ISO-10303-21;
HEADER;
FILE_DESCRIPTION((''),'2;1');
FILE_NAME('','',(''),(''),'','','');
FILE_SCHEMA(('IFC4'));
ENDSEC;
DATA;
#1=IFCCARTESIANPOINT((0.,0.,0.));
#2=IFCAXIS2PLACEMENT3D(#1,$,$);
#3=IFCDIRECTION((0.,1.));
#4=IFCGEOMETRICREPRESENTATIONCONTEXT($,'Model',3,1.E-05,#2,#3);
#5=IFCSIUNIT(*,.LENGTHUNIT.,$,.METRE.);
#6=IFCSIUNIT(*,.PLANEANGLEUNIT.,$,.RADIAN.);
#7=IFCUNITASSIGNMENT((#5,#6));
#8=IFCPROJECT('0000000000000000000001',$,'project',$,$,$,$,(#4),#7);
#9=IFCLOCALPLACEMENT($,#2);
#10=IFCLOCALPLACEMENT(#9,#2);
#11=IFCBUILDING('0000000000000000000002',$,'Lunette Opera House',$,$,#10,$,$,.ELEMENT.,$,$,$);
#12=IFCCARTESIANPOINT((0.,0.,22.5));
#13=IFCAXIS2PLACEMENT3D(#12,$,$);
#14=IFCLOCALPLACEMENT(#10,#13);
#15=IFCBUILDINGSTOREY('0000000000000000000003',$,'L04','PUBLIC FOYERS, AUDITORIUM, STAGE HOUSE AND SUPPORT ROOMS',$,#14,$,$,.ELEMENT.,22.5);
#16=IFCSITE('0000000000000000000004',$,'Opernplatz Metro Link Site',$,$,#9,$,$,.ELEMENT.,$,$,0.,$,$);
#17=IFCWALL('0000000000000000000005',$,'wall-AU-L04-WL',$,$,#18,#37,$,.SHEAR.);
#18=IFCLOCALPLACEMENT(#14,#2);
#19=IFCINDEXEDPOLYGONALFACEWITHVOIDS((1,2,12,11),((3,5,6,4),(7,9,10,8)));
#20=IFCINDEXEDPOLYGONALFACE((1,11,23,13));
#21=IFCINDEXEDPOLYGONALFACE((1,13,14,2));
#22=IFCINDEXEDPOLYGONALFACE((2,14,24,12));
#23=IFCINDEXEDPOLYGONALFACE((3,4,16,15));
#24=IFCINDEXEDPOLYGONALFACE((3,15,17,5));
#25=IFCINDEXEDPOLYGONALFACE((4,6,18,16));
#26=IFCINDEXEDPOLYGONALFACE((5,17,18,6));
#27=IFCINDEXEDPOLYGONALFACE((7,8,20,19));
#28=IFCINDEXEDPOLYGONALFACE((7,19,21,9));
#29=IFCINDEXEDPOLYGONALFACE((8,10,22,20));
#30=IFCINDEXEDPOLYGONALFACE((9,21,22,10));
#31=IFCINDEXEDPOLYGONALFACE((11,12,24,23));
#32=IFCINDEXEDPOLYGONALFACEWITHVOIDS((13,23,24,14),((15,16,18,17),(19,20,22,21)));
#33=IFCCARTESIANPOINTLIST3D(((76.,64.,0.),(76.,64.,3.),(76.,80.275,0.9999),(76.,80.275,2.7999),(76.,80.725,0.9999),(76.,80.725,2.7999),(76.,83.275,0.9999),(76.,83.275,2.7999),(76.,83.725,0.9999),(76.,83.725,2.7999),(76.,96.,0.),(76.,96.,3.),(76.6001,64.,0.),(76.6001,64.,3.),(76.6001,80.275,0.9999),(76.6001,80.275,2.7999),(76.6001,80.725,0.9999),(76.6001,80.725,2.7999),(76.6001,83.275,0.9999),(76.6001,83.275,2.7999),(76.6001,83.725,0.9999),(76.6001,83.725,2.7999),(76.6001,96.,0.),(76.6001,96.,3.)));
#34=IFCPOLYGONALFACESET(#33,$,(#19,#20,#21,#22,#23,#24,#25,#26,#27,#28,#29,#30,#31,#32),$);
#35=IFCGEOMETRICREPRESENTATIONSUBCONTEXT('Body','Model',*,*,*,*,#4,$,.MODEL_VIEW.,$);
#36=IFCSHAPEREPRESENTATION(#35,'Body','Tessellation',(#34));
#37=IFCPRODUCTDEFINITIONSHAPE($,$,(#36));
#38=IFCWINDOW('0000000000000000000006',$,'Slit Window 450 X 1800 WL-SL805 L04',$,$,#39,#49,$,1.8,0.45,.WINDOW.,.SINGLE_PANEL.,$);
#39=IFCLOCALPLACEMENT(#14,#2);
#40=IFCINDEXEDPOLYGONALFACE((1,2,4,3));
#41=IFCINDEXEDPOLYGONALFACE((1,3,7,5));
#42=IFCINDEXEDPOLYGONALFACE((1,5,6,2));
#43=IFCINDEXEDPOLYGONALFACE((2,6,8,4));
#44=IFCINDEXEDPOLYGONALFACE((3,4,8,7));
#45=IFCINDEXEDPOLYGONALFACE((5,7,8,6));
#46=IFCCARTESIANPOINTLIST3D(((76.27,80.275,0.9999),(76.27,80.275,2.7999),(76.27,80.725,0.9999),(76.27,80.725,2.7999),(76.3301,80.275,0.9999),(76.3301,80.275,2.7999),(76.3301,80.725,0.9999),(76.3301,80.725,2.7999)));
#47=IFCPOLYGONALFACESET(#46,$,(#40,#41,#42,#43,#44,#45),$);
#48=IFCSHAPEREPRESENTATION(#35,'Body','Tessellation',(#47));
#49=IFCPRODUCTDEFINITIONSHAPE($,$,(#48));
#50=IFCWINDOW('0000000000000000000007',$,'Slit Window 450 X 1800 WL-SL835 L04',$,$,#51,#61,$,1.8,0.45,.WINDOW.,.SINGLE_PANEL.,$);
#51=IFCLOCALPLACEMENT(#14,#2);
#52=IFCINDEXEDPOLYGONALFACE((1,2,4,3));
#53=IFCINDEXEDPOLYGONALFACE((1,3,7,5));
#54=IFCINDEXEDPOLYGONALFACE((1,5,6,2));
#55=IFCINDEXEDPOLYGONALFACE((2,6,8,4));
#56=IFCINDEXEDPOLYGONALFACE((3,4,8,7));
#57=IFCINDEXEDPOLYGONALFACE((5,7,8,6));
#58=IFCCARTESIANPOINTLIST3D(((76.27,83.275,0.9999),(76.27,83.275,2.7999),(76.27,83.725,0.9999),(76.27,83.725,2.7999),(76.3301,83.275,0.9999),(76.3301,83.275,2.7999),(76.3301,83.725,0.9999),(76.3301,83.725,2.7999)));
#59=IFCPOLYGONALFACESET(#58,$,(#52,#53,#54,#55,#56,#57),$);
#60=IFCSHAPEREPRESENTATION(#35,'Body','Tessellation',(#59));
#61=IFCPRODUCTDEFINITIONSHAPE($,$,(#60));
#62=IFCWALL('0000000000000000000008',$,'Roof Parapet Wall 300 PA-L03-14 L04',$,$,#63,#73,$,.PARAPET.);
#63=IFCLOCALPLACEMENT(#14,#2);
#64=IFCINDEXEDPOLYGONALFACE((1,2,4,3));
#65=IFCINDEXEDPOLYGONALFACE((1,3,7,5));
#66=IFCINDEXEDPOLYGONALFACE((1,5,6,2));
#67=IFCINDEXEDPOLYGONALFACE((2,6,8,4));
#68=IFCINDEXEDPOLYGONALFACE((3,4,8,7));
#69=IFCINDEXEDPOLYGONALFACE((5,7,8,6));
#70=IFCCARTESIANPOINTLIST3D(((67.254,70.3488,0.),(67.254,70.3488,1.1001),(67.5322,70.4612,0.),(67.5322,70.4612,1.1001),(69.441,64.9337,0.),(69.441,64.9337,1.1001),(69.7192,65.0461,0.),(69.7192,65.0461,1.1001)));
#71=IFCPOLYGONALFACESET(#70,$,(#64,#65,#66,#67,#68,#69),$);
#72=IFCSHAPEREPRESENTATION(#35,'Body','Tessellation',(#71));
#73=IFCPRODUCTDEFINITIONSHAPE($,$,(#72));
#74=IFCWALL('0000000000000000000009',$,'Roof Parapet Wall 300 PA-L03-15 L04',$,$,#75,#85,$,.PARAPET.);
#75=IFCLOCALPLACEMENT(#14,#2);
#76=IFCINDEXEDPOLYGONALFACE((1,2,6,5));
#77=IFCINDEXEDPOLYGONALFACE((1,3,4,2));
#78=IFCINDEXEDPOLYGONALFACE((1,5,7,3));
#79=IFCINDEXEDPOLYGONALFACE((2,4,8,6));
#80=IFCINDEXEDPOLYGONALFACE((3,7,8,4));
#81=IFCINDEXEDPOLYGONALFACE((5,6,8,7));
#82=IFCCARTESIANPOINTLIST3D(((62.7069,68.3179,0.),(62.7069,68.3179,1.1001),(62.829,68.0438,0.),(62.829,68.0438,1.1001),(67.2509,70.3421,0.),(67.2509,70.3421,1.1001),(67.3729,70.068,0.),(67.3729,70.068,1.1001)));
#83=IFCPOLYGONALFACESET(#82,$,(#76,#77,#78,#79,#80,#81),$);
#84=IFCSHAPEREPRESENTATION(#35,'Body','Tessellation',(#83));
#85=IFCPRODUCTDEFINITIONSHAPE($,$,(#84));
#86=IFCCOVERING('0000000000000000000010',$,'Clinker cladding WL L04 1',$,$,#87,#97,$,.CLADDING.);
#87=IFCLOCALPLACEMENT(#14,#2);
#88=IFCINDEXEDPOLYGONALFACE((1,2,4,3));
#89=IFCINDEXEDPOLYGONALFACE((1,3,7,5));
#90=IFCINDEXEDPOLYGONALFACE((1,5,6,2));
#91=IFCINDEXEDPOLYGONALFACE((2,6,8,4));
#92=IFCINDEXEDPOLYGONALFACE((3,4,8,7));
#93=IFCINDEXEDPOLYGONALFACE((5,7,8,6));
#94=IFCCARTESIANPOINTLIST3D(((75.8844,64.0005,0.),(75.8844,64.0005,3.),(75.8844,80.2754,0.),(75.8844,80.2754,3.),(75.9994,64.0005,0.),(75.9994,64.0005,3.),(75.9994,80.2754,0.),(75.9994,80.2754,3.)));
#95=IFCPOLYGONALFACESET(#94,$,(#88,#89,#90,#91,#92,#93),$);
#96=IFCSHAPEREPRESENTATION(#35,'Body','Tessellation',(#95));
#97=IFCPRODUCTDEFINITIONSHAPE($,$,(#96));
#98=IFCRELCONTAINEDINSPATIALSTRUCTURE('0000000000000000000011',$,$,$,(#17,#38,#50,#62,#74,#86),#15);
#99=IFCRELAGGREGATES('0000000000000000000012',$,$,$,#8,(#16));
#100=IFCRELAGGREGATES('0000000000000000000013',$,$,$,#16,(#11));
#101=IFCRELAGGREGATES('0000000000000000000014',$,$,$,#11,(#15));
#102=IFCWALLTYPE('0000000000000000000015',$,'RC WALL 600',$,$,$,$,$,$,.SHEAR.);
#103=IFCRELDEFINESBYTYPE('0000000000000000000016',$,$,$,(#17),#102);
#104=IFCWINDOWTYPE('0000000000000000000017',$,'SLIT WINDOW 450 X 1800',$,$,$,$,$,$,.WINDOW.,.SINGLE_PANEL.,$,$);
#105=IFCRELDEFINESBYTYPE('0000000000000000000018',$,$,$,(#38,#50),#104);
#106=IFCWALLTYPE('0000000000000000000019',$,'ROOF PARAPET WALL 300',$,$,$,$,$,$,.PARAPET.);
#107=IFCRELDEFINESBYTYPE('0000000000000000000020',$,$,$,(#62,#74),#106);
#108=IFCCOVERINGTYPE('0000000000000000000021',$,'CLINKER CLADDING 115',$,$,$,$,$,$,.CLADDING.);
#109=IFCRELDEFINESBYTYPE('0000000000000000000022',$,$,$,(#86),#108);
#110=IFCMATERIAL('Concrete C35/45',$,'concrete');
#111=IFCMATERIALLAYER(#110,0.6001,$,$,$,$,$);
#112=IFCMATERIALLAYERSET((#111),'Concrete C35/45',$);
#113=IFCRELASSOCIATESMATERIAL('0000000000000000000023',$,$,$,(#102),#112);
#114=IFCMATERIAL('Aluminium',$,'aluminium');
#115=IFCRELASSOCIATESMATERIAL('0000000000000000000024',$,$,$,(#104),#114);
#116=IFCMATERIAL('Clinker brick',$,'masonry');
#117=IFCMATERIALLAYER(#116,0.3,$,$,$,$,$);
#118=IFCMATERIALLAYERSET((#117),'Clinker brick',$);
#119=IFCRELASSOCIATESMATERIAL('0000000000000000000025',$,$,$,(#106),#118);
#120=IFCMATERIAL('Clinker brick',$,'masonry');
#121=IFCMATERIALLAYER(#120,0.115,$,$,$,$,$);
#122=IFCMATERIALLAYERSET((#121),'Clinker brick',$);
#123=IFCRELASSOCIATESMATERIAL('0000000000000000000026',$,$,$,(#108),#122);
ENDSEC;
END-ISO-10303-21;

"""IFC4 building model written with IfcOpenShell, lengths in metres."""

from ifc_helpers import new_model, si_unit, direction, frame, frame_2d, origin, origin_2d, place, context, subcontext, project, spatial, rectangle, extrude, material, layer, layer_set, type_object, element, fill, save


model = new_model("IFC4")

# Units and contexts
model_context = context("Model", 3, precision=1e-05, world=origin(), true_north=direction((0.0, 1.0)))
body_context = subcontext(model_context, "Body", "Model", "MODEL_VIEW")
ifc_project = project(units=[si_unit("LENGTHUNIT", "METRE"), si_unit("PLANEANGLEUNIT", "RADIAN")], contexts=[model_context])

# Site, building, storey
site_placement = place(None, origin())
site = spatial("IfcSite", under=ifc_project, at=site_placement, Name="Opernplatz Metro Link Site", CompositionType="ELEMENT", RefElevation=0.0)
building_placement = place(site_placement, origin())
building = spatial("IfcBuilding", under=site, at=building_placement, Name="Lunette Opera House", CompositionType="ELEMENT")
storey_placement = place(building_placement, frame((0.0, 0.0, 22.5)))
storey = spatial("IfcBuildingStorey", under=building, at=storey_placement, Name="L04", Description="PUBLIC FOYERS, AUDITORIUM, STAGE HOUSE AND SUPPORT ROOMS", CompositionType="ELEMENT", Elevation=22.5)

# Wall, openings, windows
ifc_material_1 = material(Name="Concrete C35/45", Category="concrete")
ifc_layer_1 = layer(ifc_material_1, 0.6001)
ifc_layer_set_1 = layer_set([ifc_layer_1], Name="Concrete C35/45")
wall_type_1 = type_object("IfcWallType", Name="RC WALL 600", PredefinedType="SHEAR", material=ifc_layer_set_1)
wall_1_placement = place(storey_placement, frame((76.3, 64.0, 0.0), z_axis=(0.0, 0.0, 1.0), x_axis=(0.0, 1.0, 0.0)))
wall_1 = element("IfcWall", 1, at=wall_1_placement, inside=storey, type_object=wall_type_1, Name="wall-AU-L04-WL", PredefinedType="SHEAR", context=body_context, shape_type="SweptSolid", body=[
    extrude(rectangle(XDim=32.0, YDim=0.6001, at=frame_2d((16.0, 0.0))), origin(), (0.0, 0.0, 1.0), 3.0),
])
opening_1_placement = place(wall_1_placement, frame((16.2749, 0.0, 1.0)))
opening_1 = element("IfcOpeningElement", 2, at=opening_1_placement, cuts=wall_1, PredefinedType="OPENING", context=body_context, shape_type="SweptSolid", body=[
    extrude(rectangle(XDim=0.45, YDim=1.8, at=frame_2d((0.2251, 0.8999))), frame((0.0, 0.312, 0.0), z_axis=(0.0, -1.0, 0.0), x_axis=(1.0, 0.0, 0.0)), (0.0, 0.0, 1.0), 0.624),
])
opening_2_placement = place(wall_1_placement, frame((19.2749, 0.0, 1.0)))
opening_2 = element("IfcOpeningElement", 3, at=opening_2_placement, cuts=wall_1, PredefinedType="OPENING", context=body_context, shape_type="SweptSolid", body=[
    extrude(rectangle(XDim=0.45, YDim=1.8, at=frame_2d((0.2251, 0.8999))), frame((0.0, 0.312, 0.0), z_axis=(0.0, -1.0, 0.0), x_axis=(1.0, 0.0, 0.0)), (0.0, 0.0, 1.0), 0.624),
])
ifc_material_2 = material(Name="Aluminium", Category="aluminium")
window_type_1 = type_object("IfcWindowType", Name="SLIT WINDOW 450 X 1800", PartitioningType="SINGLE_PANEL", PredefinedType="WINDOW", material=ifc_material_2)
window_1_placement = place(opening_1_placement, origin())
window_1 = element("IfcWindow", 4, at=window_1_placement, inside=storey, type_object=window_type_1, Name="Slit Window 450 X 1800 WL-SL805 L04", OverallHeight=1.8, OverallWidth=0.45, PartitioningType="SINGLE_PANEL", PredefinedType="WINDOW", context=body_context, shape_type="SweptSolid", body=[
    extrude(rectangle(XDim=0.45, YDim=1.8, at=frame_2d((0.2251, 0.8999))), frame((0.0, 0.03, 0.0), z_axis=(0.0, -1.0, 0.0), x_axis=(1.0, 0.0, 0.0)), (0.0, 0.0, 1.0), 0.0601),
])
fill(opening_1, window_1)
window_2_placement = place(opening_2_placement, origin())
window_2 = element("IfcWindow", 5, at=window_2_placement, inside=storey, type_object=window_type_1, Name="Slit Window 450 X 1800 WL-SL835 L04", OverallHeight=1.8, OverallWidth=0.45, PartitioningType="SINGLE_PANEL", PredefinedType="WINDOW", context=body_context, shape_type="SweptSolid", body=[
    extrude(rectangle(XDim=0.45, YDim=1.8, at=frame_2d((0.2251, 0.8999))), frame((0.0, 0.03, 0.0), z_axis=(0.0, -1.0, 0.0), x_axis=(1.0, 0.0, 0.0)), (0.0, 0.0, 1.0), 0.0601),
])
fill(opening_2, window_2)

# Walls
ifc_material_3 = material(Name="Clinker brick", Category="masonry")
ifc_layer_2 = layer(ifc_material_3, 0.3)
ifc_layer_set_2 = layer_set([ifc_layer_2], Name="Clinker brick")
wall_type_2 = type_object("IfcWallType", Name="ROOF PARAPET WALL 300", PredefinedType="PARAPET", material=ifc_layer_set_2)
wall_2_placement = place(storey_placement, frame((69.5801, 64.99, 0.0), z_axis=(0.0, 0.0, 1.0), x_axis=(-0.374488, 0.927232, 0.0)))
element("IfcWall", 6, at=wall_2_placement, inside=storey, type_object=wall_type_2, Name="Roof Parapet Wall 300 PA-L03-14 L04", PredefinedType="PARAPET", context=body_context, shape_type="SweptSolid", body=[
    extrude(rectangle(XDim=5.8401, YDim=0.3, at=frame_2d((2.9199, 0.0))), origin(), (0.0, 0.0, 1.0), 1.1001),
])
wall_3_placement = place(storey_placement, frame((67.312, 70.2051, 0.0), z_axis=(0.0, 0.0, 1.0), x_axis=(-0.913465, -0.406917, 0.0)))
element("IfcWall", 7, at=wall_3_placement, inside=storey, type_object=wall_type_2, Name="Roof Parapet Wall 300 PA-L03-15 L04", PredefinedType="PARAPET", context=body_context, shape_type="SweptSolid", body=[
    extrude(rectangle(XDim=4.9744, YDim=0.3, at=frame_2d((2.4873, 0.0))), origin(), (0.0, 0.0, 1.0), 1.1001),
])

# Covering
ifc_material_4 = material(Name="Clinker brick", Category="masonry")
ifc_layer_3 = layer(ifc_material_4, 0.115)
ifc_layer_set_3 = layer_set([ifc_layer_3], Name="Clinker brick")
covering_type = type_object("IfcCoveringType", Name="CLINKER CLADDING 115", PredefinedType="CLADDING", material=ifc_layer_set_3)
covering_placement = place(storey_placement, frame((75.9419, 72.1379, 0.0), z_axis=(0.0, 0.0, 1.0), x_axis=(1.0, 0.0, 0.0)))
element("IfcCovering", 8, at=covering_placement, inside=storey, type_object=covering_type, Name="Clinker cladding WL L04 1", PredefinedType="CLADDING", context=body_context, shape_type="SweptSolid", body=[
    extrude(rectangle(XDim=0.115, YDim=16.2749, at=origin_2d()), origin(), (0.0, 0.0, 1.0), 3.0),
])

save(model, "model.ifc")
